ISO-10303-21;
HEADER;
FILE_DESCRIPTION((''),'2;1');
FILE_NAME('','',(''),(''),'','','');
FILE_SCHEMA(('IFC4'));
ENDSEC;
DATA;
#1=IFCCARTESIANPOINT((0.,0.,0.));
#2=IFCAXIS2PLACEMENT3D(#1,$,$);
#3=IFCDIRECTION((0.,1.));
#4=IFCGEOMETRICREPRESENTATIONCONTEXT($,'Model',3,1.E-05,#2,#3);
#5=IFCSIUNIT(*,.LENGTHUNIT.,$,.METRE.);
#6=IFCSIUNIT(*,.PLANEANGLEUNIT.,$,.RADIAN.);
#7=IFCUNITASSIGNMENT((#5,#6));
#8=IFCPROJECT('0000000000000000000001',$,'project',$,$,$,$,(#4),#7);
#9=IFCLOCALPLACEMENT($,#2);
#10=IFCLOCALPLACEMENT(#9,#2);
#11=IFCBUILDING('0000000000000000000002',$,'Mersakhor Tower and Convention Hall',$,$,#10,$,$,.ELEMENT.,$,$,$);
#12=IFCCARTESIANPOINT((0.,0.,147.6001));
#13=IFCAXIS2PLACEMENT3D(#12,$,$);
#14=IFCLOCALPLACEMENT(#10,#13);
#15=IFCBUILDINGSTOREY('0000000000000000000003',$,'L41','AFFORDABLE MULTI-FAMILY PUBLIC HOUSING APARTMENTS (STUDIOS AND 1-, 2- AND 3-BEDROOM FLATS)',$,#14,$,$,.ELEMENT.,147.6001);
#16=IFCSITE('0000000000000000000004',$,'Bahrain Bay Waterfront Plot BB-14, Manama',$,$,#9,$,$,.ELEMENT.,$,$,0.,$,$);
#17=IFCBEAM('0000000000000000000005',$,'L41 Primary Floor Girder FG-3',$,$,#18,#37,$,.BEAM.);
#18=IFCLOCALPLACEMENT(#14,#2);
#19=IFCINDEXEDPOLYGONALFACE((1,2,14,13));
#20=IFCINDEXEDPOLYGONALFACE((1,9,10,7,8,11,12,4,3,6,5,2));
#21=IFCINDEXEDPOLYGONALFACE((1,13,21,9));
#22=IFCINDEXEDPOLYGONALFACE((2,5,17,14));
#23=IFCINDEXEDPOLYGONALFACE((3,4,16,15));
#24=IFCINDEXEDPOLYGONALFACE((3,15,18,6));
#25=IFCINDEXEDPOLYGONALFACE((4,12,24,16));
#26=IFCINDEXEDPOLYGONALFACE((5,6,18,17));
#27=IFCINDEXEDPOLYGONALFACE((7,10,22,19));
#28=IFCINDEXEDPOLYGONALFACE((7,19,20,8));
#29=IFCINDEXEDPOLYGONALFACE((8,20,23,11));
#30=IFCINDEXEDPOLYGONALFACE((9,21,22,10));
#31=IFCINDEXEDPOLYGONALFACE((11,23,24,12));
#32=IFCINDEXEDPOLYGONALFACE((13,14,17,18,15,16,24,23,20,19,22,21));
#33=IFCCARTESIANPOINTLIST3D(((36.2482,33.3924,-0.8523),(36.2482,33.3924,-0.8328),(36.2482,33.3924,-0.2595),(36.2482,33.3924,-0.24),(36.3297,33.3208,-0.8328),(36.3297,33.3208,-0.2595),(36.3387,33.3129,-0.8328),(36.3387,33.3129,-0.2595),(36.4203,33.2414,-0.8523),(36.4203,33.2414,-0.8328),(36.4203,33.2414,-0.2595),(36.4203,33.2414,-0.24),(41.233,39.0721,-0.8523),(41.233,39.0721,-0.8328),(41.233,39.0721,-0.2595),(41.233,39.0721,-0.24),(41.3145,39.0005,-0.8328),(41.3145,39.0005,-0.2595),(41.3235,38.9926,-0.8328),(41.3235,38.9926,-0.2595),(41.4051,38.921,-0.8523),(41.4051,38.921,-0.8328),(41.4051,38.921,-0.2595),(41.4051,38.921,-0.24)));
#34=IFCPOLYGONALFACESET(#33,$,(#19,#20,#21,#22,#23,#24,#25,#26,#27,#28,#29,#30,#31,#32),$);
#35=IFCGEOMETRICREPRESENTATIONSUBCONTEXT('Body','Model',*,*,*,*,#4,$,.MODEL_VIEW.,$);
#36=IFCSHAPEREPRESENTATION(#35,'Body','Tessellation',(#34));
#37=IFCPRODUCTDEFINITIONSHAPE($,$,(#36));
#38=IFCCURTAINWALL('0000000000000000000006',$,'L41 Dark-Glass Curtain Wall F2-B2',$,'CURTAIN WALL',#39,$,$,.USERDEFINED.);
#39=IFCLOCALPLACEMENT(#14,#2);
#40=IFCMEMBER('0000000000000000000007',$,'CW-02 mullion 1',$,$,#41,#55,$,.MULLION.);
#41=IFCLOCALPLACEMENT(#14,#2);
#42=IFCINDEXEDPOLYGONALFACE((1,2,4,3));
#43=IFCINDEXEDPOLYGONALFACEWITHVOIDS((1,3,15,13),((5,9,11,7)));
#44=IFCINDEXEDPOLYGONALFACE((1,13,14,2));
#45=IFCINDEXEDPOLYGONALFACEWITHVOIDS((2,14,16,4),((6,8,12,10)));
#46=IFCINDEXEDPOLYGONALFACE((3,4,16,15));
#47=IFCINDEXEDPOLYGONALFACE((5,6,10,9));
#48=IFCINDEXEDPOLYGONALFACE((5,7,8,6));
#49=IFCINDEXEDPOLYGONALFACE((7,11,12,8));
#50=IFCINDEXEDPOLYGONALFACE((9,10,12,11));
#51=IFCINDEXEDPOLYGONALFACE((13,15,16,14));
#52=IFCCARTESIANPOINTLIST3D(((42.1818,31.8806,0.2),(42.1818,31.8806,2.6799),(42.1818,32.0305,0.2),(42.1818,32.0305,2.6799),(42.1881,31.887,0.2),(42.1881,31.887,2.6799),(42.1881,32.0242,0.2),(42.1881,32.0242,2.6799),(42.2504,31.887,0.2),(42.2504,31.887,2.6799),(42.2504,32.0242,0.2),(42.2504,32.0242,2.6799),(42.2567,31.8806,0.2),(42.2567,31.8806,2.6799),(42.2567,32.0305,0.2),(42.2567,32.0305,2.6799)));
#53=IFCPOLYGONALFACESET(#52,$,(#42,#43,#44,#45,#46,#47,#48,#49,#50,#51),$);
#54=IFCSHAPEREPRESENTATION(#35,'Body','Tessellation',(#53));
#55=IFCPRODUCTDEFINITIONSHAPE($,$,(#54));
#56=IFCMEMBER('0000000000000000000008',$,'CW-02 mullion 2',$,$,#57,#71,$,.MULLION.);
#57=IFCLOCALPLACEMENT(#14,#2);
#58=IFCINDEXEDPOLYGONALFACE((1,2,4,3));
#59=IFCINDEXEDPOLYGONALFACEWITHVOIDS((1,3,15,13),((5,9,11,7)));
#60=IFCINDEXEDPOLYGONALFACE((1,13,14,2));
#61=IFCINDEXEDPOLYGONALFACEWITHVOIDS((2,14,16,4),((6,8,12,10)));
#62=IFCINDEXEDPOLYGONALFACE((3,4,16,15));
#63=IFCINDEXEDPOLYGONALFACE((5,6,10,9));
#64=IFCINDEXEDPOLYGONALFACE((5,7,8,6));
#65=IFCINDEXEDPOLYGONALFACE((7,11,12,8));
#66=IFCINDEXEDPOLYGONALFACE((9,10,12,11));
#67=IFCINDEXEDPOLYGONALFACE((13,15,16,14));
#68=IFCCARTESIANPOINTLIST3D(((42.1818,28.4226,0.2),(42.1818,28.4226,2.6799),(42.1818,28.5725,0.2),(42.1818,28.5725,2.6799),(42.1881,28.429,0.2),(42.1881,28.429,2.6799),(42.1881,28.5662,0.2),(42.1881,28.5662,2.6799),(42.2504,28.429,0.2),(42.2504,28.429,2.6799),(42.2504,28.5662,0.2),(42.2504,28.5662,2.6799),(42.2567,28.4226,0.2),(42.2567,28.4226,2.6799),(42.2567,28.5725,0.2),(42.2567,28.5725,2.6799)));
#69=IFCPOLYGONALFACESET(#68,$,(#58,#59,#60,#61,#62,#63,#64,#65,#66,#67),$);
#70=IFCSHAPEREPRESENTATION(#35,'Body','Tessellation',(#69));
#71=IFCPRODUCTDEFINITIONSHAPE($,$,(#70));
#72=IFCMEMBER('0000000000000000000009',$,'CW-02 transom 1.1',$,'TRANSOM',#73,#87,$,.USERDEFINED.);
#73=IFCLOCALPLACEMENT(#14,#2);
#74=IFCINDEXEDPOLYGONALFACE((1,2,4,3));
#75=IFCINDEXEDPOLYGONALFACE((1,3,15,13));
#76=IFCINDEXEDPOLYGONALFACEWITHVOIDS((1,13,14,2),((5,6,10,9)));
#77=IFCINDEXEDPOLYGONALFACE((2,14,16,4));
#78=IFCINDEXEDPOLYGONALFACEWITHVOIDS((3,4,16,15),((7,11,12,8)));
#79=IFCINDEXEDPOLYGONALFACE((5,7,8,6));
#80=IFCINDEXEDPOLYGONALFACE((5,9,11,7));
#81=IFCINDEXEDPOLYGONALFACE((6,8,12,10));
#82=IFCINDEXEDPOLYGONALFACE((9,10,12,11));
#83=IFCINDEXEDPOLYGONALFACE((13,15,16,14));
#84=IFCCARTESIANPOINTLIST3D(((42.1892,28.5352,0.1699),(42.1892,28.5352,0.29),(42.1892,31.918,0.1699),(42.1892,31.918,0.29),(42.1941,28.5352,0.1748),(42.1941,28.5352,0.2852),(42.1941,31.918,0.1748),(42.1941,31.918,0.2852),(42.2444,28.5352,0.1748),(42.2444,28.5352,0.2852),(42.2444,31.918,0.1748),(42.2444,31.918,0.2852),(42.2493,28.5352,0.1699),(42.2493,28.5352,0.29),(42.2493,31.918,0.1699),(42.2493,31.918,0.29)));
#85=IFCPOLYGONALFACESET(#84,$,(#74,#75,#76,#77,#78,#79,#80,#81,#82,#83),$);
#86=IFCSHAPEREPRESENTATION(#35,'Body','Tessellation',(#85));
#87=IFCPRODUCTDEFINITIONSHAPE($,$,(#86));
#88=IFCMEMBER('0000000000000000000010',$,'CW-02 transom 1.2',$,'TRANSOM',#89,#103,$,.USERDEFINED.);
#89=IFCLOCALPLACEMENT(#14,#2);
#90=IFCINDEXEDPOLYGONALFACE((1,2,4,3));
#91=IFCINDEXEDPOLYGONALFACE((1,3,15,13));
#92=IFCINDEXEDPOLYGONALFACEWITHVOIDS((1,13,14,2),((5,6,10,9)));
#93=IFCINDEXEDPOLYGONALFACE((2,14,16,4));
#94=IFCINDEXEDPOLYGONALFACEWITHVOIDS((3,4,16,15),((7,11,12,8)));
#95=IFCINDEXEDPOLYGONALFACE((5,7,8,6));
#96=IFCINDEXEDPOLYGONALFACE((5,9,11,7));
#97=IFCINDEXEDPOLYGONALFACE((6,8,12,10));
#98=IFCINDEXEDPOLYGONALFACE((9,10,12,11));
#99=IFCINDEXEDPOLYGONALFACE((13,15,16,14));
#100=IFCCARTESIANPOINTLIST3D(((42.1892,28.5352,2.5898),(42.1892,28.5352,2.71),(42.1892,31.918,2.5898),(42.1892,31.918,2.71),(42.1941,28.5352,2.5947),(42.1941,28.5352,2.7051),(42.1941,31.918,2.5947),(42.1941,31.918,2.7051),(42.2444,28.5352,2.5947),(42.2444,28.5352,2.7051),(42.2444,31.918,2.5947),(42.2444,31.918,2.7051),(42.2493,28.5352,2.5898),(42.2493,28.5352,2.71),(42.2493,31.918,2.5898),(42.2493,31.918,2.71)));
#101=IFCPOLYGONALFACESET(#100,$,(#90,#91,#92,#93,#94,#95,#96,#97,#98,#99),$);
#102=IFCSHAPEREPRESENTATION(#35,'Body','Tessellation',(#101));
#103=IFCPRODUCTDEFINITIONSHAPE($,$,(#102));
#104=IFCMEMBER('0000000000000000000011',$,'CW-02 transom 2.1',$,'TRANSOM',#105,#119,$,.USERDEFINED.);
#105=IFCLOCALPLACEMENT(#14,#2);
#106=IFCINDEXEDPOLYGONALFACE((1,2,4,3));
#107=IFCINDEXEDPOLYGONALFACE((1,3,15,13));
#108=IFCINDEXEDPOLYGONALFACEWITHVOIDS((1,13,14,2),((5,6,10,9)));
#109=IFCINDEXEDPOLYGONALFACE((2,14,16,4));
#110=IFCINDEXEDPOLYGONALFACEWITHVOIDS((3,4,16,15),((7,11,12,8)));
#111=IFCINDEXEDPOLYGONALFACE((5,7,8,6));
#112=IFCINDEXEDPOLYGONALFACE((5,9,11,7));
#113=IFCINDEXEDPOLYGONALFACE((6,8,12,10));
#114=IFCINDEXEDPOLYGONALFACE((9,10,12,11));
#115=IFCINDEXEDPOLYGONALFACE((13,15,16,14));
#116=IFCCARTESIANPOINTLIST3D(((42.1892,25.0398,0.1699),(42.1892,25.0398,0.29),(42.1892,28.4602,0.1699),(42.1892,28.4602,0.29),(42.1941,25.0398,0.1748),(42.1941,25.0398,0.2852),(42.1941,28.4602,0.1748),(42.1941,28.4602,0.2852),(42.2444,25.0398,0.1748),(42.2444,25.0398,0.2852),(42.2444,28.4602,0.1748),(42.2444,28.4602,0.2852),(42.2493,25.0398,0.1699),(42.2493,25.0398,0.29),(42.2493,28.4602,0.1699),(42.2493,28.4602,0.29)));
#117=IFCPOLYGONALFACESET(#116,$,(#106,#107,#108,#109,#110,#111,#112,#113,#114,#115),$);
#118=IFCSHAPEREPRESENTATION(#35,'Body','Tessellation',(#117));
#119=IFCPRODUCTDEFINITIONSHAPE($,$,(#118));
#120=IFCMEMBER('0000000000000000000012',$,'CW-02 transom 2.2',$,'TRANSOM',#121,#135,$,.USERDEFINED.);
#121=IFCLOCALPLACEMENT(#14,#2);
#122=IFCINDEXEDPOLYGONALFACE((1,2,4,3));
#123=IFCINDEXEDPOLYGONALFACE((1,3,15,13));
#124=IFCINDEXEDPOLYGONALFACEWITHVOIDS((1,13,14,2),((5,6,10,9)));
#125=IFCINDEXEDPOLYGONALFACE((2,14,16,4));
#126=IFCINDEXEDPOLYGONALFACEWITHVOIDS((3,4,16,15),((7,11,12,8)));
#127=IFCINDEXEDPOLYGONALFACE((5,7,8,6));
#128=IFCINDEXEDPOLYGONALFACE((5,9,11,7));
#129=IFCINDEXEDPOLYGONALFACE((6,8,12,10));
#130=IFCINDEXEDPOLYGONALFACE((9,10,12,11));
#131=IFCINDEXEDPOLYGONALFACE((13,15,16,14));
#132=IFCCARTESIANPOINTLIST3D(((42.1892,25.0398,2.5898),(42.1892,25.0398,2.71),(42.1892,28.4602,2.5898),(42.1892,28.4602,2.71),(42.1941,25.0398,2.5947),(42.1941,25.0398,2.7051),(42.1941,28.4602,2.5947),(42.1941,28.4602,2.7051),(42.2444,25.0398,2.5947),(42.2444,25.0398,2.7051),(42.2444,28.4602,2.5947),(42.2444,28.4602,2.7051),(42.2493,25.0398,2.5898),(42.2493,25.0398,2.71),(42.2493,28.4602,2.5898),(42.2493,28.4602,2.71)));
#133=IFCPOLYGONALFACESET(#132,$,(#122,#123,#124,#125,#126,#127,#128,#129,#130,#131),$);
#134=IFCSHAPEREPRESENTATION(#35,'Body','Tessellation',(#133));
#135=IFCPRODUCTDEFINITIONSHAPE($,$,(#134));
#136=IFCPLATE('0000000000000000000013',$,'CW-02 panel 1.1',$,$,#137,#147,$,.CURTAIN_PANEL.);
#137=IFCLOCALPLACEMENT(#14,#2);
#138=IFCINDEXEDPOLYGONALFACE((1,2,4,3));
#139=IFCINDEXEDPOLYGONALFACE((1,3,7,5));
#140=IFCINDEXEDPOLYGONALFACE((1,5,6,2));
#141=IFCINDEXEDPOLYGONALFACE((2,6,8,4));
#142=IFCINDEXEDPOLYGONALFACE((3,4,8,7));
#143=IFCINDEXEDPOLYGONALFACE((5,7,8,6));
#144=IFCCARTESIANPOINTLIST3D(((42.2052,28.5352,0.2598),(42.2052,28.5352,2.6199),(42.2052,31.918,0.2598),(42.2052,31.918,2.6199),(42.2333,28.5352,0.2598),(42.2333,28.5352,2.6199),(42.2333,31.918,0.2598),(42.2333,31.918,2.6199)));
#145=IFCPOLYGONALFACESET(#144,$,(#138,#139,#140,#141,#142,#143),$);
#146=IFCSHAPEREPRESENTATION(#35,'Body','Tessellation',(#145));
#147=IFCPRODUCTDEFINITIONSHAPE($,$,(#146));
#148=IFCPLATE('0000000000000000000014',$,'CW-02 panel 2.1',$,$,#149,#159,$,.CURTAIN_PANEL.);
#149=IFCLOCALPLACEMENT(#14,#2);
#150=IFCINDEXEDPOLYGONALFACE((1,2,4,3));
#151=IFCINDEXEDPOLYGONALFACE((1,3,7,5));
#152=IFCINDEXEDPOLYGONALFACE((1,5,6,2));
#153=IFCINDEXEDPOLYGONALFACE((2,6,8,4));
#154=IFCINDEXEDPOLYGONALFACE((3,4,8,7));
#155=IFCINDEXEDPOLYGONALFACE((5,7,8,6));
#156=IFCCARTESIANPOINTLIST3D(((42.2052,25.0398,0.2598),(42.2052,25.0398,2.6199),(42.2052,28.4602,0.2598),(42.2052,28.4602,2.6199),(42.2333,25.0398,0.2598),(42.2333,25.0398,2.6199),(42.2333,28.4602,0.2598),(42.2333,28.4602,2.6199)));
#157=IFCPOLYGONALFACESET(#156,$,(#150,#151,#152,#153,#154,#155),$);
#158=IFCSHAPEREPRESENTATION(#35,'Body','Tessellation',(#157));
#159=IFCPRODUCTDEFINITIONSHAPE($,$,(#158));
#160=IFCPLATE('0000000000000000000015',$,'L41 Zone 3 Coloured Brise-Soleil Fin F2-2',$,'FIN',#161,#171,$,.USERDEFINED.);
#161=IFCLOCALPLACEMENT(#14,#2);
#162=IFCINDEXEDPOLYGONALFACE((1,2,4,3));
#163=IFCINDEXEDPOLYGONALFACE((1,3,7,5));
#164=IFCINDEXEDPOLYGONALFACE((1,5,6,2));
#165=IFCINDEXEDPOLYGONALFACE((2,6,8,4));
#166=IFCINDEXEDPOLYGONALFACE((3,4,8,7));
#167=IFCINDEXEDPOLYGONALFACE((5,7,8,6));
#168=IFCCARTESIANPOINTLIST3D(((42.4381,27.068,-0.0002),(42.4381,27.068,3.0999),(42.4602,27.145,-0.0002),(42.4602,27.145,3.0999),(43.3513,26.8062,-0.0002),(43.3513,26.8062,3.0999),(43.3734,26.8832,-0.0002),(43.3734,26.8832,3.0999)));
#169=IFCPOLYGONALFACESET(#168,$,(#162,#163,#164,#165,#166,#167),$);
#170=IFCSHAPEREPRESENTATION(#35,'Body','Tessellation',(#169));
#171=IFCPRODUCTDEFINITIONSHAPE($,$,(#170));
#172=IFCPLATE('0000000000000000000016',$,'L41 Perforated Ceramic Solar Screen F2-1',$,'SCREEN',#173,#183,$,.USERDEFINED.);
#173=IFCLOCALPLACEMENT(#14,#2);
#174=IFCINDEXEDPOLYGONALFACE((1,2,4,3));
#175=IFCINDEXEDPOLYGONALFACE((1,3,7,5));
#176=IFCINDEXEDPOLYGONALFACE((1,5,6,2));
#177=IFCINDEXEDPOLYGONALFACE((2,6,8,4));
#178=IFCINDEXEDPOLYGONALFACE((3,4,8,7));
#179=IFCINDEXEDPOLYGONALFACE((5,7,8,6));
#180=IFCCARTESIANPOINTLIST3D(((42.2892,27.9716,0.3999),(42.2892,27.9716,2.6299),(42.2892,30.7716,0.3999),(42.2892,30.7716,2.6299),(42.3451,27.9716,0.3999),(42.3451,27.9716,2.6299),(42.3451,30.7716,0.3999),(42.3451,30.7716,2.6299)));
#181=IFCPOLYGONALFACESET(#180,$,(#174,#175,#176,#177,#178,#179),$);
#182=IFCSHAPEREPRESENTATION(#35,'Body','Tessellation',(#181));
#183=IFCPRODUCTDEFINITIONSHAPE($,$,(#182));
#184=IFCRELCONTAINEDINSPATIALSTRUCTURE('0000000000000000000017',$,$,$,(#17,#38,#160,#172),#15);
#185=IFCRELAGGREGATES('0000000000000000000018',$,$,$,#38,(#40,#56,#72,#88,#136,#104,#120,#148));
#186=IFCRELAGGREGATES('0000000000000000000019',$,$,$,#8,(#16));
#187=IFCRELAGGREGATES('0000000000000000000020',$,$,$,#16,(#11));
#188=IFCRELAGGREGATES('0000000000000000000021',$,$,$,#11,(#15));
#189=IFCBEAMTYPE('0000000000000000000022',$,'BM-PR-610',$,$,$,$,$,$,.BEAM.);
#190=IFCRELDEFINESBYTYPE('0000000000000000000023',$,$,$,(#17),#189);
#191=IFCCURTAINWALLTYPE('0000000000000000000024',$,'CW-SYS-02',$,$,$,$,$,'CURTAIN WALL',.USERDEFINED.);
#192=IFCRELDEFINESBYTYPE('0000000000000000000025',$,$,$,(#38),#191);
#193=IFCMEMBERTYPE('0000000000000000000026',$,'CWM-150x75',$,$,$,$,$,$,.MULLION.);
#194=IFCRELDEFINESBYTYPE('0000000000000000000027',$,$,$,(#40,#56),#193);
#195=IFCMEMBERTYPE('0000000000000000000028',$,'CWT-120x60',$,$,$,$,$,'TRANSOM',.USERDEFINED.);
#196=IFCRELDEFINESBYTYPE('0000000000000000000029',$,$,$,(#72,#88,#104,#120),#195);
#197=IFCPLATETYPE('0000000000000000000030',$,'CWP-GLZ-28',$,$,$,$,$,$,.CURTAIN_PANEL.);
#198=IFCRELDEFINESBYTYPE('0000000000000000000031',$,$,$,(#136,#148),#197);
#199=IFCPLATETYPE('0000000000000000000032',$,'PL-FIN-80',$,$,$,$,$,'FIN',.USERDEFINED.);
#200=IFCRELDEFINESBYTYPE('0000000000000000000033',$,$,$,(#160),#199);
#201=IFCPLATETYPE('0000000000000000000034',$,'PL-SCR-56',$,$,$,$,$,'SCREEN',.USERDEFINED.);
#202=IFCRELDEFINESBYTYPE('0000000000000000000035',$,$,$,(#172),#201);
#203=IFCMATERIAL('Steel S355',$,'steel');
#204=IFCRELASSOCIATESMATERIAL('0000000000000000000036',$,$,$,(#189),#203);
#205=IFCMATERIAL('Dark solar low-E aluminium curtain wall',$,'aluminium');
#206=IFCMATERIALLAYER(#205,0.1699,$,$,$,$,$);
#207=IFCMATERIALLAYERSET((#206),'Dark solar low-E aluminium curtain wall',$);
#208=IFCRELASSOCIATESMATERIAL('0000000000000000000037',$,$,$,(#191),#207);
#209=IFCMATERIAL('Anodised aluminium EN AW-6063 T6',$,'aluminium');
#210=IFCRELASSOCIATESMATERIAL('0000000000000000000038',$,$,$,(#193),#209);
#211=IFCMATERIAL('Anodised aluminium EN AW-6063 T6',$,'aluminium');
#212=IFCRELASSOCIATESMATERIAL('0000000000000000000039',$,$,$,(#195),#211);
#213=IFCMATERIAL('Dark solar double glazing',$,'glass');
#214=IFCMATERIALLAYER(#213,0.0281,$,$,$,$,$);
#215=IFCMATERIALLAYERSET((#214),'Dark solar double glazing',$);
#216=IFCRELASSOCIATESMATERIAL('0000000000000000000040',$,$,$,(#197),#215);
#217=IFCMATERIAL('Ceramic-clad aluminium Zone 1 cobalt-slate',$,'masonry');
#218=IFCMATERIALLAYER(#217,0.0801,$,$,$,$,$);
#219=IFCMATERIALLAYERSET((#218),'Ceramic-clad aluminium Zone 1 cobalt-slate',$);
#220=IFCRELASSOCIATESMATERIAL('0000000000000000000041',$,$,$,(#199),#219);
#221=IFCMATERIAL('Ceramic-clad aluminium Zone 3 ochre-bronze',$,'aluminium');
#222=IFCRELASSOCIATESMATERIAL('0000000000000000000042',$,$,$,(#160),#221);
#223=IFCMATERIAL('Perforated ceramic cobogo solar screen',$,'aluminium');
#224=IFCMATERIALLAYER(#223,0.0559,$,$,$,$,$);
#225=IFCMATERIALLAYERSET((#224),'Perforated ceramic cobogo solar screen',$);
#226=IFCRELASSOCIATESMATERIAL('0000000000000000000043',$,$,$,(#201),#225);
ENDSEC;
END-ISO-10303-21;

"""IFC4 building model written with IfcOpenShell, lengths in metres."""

from ifc_helpers import new_model, si_unit, direction, frame, origin, origin_2d, place, context, subcontext, project, spatial, rectangle, hollow_rectangle, i_section, extrude, material, layer, layer_set, material_profile, profile_set, type_object, element, aggregate, save


model = new_model("IFC4")

# Units and contexts
model_context = context("Model", 3, precision=1e-05, world=origin(), true_north=direction((0.0, 1.0)))
body_context = subcontext(model_context, "Body", "Model", "MODEL_VIEW")
ifc_project = project(units=[si_unit("LENGTHUNIT", "METRE"), si_unit("PLANEANGLEUNIT", "RADIAN")], contexts=[model_context])

# Site, building, storey
site_placement = place(None, origin())
site = spatial("IfcSite", under=ifc_project, at=site_placement, Name="Bahrain Bay Waterfront Plot BB-14, Manama", CompositionType="ELEMENT", RefElevation=0.0)
building_placement = place(site_placement, origin())
building = spatial("IfcBuilding", under=site, at=building_placement, Name="Mersakhor Tower and Convention Hall", CompositionType="ELEMENT")
storey_placement = place(building_placement, frame((0.0, 0.0, 147.6001)))
storey = spatial("IfcBuildingStorey", under=building, at=storey_placement, Name="L41", Description="AFFORDABLE MULTI-FAMILY PUBLIC HOUSING APARTMENTS (STUDIOS AND 1-, 2- AND 3-BEDROOM FLATS)", CompositionType="ELEMENT", Elevation=147.6001)

# Beam
ifc_material_1 = material(Name="Steel S355", Category="steel")
ifc_material_profile_1 = material_profile(ifc_material_1, i_section(OverallWidth=0.229, OverallDepth=0.6123, WebThickness=0.012, FlangeThickness=0.0195, at=origin_2d()), Name="UB 610x229x125")
ifc_profile_set_1 = profile_set([ifc_material_profile_1], Name="Steel S355")
beam_type = type_object("IfcBeamType", Name="BM-PR-610", PredefinedType="BEAM", material=ifc_profile_set_1)
beam_placement = place(storey_placement, frame((36.3342, 33.3169, -0.5461), z_axis=(0.659638, 0.751583, 0.0), x_axis=(-0.751583, 0.659638, 0.0)))
element("IfcBeam", 1, at=beam_placement, inside=storey, type_object=beam_type, Name="L41 Primary Floor Girder FG-3", PredefinedType="BEAM", context=body_context, shape_type="SweptSolid", body=[
    extrude(i_section(OverallWidth=0.229, OverallDepth=0.6123, WebThickness=0.012, FlangeThickness=0.0195, at=origin_2d()), origin(), (0.0, 0.0, 1.0), 7.5569),
])

# Curtain wall, members, plates
ifc_material_2 = material(Name="Dark solar low-E aluminium curtain wall", Category="aluminium")
ifc_layer_1 = layer(ifc_material_2, 0.1699)
ifc_layer_set_1 = layer_set([ifc_layer_1], Name="Dark solar low-E aluminium curtain wall")
curtain_wall_type = type_object("IfcCurtainWallType", Name="CW-SYS-02", ElementType="CURTAIN WALL", PredefinedType="USERDEFINED", material=ifc_layer_set_1)
curtain_wall_placement = place(storey_placement, origin())
curtain_wall = element("IfcCurtainWall", 2, at=curtain_wall_placement, inside=storey, type_object=curtain_wall_type, Name="L41 Dark-Glass Curtain Wall F2-B2", ObjectType="CURTAIN WALL", PredefinedType="USERDEFINED")
ifc_material_3 = material(Name="Anodised aluminium EN AW-6063 T6", Category="aluminium")
ifc_material_profile_2 = material_profile(ifc_material_3, hollow_rectangle(XDim=0.075, YDim=0.1499, WallThickness=0.0063, at=origin_2d()), Name="RHS 150x75x6.3")
ifc_profile_set_2 = profile_set([ifc_material_profile_2], Name="Anodised aluminium EN AW-6063 T6")
member_type_1 = type_object("IfcMemberType", Name="CWM-150x75", PredefinedType="MULLION", material=ifc_profile_set_2)
member_1_placement = place(storey_placement, frame((42.2192, 31.9556, 0.2), z_axis=(0.0, 0.0, 1.0), x_axis=(1.0, 0.0, 0.0)))
member_1 = element("IfcMember", 3, at=member_1_placement, type_object=member_type_1, Name="CW-02 mullion 1", PredefinedType="MULLION", context=body_context, shape_type="SweptSolid", body=[
    extrude(hollow_rectangle(XDim=0.075, YDim=0.1499, WallThickness=0.0063, at=origin_2d()), origin(), (0.0, 0.0, 1.0), 2.48),
])
member_2_placement = place(storey_placement, frame((42.2192, 28.4976, 0.2), z_axis=(0.0, 0.0, 1.0), x_axis=(1.0, 0.0, 0.0)))
member_2 = element("IfcMember", 4, at=member_2_placement, type_object=member_type_1, Name="CW-02 mullion 2", PredefinedType="MULLION", context=body_context, shape_type="SweptSolid", body=[
    extrude(hollow_rectangle(XDim=0.075, YDim=0.1499, WallThickness=0.0063, at=origin_2d()), origin(), (0.0, 0.0, 1.0), 2.48),
])
ifc_material_4 = material(Name="Anodised aluminium EN AW-6063 T6", Category="aluminium")
ifc_material_profile_3 = material_profile(ifc_material_4, hollow_rectangle(XDim=0.0601, YDim=0.1201, WallThickness=0.0049, at=origin_2d()), Name="RHS 120x60x5")
ifc_profile_set_3 = profile_set([ifc_material_profile_3], Name="Anodised aluminium EN AW-6063 T6")
member_type_2 = type_object("IfcMemberType", Name="CWT-120x60", ElementType="TRANSOM", PredefinedType="USERDEFINED", material=ifc_profile_set_3)
member_3_placement = place(storey_placement, frame((42.2192, 31.918, 0.23), z_axis=(0.0, -1.0, 0.0), x_axis=(1.0, 0.0, 0.0)))
member_3 = element("IfcMember", 5, at=member_3_placement, type_object=member_type_2, Name="CW-02 transom 1.1", ObjectType="TRANSOM", PredefinedType="USERDEFINED", context=body_context, shape_type="SweptSolid", body=[
    extrude(hollow_rectangle(XDim=0.0601, YDim=0.1201, WallThickness=0.0049, at=origin_2d()), origin(), (0.0, 0.0, 1.0), 3.3828),
])
member_4_placement = place(storey_placement, frame((42.2192, 31.918, 2.6499), z_axis=(0.0, -1.0, 0.0), x_axis=(1.0, 0.0, 0.0)))
member_4 = element("IfcMember", 6, at=member_4_placement, type_object=member_type_2, Name="CW-02 transom 1.2", ObjectType="TRANSOM", PredefinedType="USERDEFINED", context=body_context, shape_type="SweptSolid", body=[
    extrude(hollow_rectangle(XDim=0.0601, YDim=0.1201, WallThickness=0.0049, at=origin_2d()), origin(), (0.0, 0.0, 1.0), 3.3828),
])
member_5_placement = place(storey_placement, frame((42.2192, 28.4602, 0.23), z_axis=(0.0, -1.0, 0.0), x_axis=(1.0, 0.0, 0.0)))
member_5 = element("IfcMember", 7, at=member_5_placement, type_object=member_type_2, Name="CW-02 transom 2.1", ObjectType="TRANSOM", PredefinedType="USERDEFINED", context=body_context, shape_type="SweptSolid", body=[
    extrude(hollow_rectangle(XDim=0.0601, YDim=0.1201, WallThickness=0.0049, at=origin_2d()), origin(), (0.0, 0.0, 1.0), 3.4204),
])
member_6_placement = place(storey_placement, frame((42.2192, 28.4602, 2.6499), z_axis=(0.0, -1.0, 0.0), x_axis=(1.0, 0.0, 0.0)))
member_6 = element("IfcMember", 8, at=member_6_placement, type_object=member_type_2, Name="CW-02 transom 2.2", ObjectType="TRANSOM", PredefinedType="USERDEFINED", context=body_context, shape_type="SweptSolid", body=[
    extrude(hollow_rectangle(XDim=0.0601, YDim=0.1201, WallThickness=0.0049, at=origin_2d()), origin(), (0.0, 0.0, 1.0), 3.4204),
])
ifc_material_5 = material(Name="Dark solar double glazing", Category="glass")
ifc_layer_2 = layer(ifc_material_5, 0.0281)
ifc_layer_set_2 = layer_set([ifc_layer_2], Name="Dark solar double glazing")
plate_type_1 = type_object("IfcPlateType", Name="CWP-GLZ-28", PredefinedType="CURTAIN_PANEL", material=ifc_layer_set_2)
plate_1_placement = place(storey_placement, frame((42.2192, 30.2266, 0.2598), z_axis=(0.0, 0.0, 1.0), x_axis=(0.0, -1.0, 0.0)))
plate_1 = element("IfcPlate", 9, at=plate_1_placement, type_object=plate_type_1, Name="CW-02 panel 1.1", PredefinedType="CURTAIN_PANEL", context=body_context, shape_type="SweptSolid", body=[
    extrude(rectangle(XDim=3.3828, YDim=0.0281, at=origin_2d()), origin(), (0.0, 0.0, 1.0), 2.3601),
])
plate_2_placement = place(storey_placement, frame((42.2192, 26.75, 0.2598), z_axis=(0.0, 0.0, 1.0), x_axis=(0.0, -1.0, 0.0)))
plate_2 = element("IfcPlate", 10, at=plate_2_placement, type_object=plate_type_1, Name="CW-02 panel 2.1", PredefinedType="CURTAIN_PANEL", context=body_context, shape_type="SweptSolid", body=[
    extrude(rectangle(XDim=3.4204, YDim=0.0281, at=origin_2d()), origin(), (0.0, 0.0, 1.0), 2.3601),
])
aggregate(curtain_wall, [member_1, member_2, member_3, member_4, plate_1, member_5, member_6, plate_2])

# Plates
ifc_material_6 = material(Name="Ceramic-clad aluminium Zone 3 ochre-bronze", Category="aluminium")
ifc_material_7 = material(Name="Ceramic-clad aluminium Zone 1 cobalt-slate", Category="masonry")
ifc_layer_3 = layer(ifc_material_7, 0.0801)
ifc_layer_set_3 = layer_set([ifc_layer_3], Name="Ceramic-clad aluminium Zone 1 cobalt-slate")
plate_type_2 = type_object("IfcPlateType", Name="PL-FIN-80", ElementType="FIN", PredefinedType="USERDEFINED", material=ifc_layer_set_3)
plate_3_placement = place(storey_placement, frame((42.9058, 26.9756, -0.0002), z_axis=(0.0, 0.0, 1.0), x_axis=(0.961262, -0.275637, 0.0)))
element("IfcPlate", 11, at=plate_3_placement, inside=storey, type_object=plate_type_2, material=ifc_material_6, Name="L41 Zone 3 Coloured Brise-Soleil Fin F2-2", ObjectType="FIN", PredefinedType="USERDEFINED", context=body_context, shape_type="SweptSolid", body=[
    extrude(rectangle(XDim=0.95, YDim=0.0801, at=origin_2d()), origin(), (0.0, 0.0, 1.0), 3.1001),
])
ifc_material_8 = material(Name="Perforated ceramic cobogo solar screen", Category="aluminium")
ifc_layer_4 = layer(ifc_material_8, 0.0559)
ifc_layer_set_4 = layer_set([ifc_layer_4], Name="Perforated ceramic cobogo solar screen")
plate_type_3 = type_object("IfcPlateType", Name="PL-SCR-56", ElementType="SCREEN", PredefinedType="USERDEFINED", material=ifc_layer_set_4)
plate_4_placement = place(storey_placement, frame((42.3171, 29.3716, 0.3999), z_axis=(0.0, 0.0, 1.0), x_axis=(0.0, -1.0, 0.0)))
element("IfcPlate", 12, at=plate_4_placement, inside=storey, type_object=plate_type_3, Name="L41 Perforated Ceramic Solar Screen F2-1", ObjectType="SCREEN", PredefinedType="USERDEFINED", context=body_context, shape_type="SweptSolid", body=[
    extrude(rectangle(XDim=2.8, YDim=0.0559, at=origin_2d()), origin(), (0.0, 0.0, 1.0), 2.23),
])

save(model, "model.ifc")
